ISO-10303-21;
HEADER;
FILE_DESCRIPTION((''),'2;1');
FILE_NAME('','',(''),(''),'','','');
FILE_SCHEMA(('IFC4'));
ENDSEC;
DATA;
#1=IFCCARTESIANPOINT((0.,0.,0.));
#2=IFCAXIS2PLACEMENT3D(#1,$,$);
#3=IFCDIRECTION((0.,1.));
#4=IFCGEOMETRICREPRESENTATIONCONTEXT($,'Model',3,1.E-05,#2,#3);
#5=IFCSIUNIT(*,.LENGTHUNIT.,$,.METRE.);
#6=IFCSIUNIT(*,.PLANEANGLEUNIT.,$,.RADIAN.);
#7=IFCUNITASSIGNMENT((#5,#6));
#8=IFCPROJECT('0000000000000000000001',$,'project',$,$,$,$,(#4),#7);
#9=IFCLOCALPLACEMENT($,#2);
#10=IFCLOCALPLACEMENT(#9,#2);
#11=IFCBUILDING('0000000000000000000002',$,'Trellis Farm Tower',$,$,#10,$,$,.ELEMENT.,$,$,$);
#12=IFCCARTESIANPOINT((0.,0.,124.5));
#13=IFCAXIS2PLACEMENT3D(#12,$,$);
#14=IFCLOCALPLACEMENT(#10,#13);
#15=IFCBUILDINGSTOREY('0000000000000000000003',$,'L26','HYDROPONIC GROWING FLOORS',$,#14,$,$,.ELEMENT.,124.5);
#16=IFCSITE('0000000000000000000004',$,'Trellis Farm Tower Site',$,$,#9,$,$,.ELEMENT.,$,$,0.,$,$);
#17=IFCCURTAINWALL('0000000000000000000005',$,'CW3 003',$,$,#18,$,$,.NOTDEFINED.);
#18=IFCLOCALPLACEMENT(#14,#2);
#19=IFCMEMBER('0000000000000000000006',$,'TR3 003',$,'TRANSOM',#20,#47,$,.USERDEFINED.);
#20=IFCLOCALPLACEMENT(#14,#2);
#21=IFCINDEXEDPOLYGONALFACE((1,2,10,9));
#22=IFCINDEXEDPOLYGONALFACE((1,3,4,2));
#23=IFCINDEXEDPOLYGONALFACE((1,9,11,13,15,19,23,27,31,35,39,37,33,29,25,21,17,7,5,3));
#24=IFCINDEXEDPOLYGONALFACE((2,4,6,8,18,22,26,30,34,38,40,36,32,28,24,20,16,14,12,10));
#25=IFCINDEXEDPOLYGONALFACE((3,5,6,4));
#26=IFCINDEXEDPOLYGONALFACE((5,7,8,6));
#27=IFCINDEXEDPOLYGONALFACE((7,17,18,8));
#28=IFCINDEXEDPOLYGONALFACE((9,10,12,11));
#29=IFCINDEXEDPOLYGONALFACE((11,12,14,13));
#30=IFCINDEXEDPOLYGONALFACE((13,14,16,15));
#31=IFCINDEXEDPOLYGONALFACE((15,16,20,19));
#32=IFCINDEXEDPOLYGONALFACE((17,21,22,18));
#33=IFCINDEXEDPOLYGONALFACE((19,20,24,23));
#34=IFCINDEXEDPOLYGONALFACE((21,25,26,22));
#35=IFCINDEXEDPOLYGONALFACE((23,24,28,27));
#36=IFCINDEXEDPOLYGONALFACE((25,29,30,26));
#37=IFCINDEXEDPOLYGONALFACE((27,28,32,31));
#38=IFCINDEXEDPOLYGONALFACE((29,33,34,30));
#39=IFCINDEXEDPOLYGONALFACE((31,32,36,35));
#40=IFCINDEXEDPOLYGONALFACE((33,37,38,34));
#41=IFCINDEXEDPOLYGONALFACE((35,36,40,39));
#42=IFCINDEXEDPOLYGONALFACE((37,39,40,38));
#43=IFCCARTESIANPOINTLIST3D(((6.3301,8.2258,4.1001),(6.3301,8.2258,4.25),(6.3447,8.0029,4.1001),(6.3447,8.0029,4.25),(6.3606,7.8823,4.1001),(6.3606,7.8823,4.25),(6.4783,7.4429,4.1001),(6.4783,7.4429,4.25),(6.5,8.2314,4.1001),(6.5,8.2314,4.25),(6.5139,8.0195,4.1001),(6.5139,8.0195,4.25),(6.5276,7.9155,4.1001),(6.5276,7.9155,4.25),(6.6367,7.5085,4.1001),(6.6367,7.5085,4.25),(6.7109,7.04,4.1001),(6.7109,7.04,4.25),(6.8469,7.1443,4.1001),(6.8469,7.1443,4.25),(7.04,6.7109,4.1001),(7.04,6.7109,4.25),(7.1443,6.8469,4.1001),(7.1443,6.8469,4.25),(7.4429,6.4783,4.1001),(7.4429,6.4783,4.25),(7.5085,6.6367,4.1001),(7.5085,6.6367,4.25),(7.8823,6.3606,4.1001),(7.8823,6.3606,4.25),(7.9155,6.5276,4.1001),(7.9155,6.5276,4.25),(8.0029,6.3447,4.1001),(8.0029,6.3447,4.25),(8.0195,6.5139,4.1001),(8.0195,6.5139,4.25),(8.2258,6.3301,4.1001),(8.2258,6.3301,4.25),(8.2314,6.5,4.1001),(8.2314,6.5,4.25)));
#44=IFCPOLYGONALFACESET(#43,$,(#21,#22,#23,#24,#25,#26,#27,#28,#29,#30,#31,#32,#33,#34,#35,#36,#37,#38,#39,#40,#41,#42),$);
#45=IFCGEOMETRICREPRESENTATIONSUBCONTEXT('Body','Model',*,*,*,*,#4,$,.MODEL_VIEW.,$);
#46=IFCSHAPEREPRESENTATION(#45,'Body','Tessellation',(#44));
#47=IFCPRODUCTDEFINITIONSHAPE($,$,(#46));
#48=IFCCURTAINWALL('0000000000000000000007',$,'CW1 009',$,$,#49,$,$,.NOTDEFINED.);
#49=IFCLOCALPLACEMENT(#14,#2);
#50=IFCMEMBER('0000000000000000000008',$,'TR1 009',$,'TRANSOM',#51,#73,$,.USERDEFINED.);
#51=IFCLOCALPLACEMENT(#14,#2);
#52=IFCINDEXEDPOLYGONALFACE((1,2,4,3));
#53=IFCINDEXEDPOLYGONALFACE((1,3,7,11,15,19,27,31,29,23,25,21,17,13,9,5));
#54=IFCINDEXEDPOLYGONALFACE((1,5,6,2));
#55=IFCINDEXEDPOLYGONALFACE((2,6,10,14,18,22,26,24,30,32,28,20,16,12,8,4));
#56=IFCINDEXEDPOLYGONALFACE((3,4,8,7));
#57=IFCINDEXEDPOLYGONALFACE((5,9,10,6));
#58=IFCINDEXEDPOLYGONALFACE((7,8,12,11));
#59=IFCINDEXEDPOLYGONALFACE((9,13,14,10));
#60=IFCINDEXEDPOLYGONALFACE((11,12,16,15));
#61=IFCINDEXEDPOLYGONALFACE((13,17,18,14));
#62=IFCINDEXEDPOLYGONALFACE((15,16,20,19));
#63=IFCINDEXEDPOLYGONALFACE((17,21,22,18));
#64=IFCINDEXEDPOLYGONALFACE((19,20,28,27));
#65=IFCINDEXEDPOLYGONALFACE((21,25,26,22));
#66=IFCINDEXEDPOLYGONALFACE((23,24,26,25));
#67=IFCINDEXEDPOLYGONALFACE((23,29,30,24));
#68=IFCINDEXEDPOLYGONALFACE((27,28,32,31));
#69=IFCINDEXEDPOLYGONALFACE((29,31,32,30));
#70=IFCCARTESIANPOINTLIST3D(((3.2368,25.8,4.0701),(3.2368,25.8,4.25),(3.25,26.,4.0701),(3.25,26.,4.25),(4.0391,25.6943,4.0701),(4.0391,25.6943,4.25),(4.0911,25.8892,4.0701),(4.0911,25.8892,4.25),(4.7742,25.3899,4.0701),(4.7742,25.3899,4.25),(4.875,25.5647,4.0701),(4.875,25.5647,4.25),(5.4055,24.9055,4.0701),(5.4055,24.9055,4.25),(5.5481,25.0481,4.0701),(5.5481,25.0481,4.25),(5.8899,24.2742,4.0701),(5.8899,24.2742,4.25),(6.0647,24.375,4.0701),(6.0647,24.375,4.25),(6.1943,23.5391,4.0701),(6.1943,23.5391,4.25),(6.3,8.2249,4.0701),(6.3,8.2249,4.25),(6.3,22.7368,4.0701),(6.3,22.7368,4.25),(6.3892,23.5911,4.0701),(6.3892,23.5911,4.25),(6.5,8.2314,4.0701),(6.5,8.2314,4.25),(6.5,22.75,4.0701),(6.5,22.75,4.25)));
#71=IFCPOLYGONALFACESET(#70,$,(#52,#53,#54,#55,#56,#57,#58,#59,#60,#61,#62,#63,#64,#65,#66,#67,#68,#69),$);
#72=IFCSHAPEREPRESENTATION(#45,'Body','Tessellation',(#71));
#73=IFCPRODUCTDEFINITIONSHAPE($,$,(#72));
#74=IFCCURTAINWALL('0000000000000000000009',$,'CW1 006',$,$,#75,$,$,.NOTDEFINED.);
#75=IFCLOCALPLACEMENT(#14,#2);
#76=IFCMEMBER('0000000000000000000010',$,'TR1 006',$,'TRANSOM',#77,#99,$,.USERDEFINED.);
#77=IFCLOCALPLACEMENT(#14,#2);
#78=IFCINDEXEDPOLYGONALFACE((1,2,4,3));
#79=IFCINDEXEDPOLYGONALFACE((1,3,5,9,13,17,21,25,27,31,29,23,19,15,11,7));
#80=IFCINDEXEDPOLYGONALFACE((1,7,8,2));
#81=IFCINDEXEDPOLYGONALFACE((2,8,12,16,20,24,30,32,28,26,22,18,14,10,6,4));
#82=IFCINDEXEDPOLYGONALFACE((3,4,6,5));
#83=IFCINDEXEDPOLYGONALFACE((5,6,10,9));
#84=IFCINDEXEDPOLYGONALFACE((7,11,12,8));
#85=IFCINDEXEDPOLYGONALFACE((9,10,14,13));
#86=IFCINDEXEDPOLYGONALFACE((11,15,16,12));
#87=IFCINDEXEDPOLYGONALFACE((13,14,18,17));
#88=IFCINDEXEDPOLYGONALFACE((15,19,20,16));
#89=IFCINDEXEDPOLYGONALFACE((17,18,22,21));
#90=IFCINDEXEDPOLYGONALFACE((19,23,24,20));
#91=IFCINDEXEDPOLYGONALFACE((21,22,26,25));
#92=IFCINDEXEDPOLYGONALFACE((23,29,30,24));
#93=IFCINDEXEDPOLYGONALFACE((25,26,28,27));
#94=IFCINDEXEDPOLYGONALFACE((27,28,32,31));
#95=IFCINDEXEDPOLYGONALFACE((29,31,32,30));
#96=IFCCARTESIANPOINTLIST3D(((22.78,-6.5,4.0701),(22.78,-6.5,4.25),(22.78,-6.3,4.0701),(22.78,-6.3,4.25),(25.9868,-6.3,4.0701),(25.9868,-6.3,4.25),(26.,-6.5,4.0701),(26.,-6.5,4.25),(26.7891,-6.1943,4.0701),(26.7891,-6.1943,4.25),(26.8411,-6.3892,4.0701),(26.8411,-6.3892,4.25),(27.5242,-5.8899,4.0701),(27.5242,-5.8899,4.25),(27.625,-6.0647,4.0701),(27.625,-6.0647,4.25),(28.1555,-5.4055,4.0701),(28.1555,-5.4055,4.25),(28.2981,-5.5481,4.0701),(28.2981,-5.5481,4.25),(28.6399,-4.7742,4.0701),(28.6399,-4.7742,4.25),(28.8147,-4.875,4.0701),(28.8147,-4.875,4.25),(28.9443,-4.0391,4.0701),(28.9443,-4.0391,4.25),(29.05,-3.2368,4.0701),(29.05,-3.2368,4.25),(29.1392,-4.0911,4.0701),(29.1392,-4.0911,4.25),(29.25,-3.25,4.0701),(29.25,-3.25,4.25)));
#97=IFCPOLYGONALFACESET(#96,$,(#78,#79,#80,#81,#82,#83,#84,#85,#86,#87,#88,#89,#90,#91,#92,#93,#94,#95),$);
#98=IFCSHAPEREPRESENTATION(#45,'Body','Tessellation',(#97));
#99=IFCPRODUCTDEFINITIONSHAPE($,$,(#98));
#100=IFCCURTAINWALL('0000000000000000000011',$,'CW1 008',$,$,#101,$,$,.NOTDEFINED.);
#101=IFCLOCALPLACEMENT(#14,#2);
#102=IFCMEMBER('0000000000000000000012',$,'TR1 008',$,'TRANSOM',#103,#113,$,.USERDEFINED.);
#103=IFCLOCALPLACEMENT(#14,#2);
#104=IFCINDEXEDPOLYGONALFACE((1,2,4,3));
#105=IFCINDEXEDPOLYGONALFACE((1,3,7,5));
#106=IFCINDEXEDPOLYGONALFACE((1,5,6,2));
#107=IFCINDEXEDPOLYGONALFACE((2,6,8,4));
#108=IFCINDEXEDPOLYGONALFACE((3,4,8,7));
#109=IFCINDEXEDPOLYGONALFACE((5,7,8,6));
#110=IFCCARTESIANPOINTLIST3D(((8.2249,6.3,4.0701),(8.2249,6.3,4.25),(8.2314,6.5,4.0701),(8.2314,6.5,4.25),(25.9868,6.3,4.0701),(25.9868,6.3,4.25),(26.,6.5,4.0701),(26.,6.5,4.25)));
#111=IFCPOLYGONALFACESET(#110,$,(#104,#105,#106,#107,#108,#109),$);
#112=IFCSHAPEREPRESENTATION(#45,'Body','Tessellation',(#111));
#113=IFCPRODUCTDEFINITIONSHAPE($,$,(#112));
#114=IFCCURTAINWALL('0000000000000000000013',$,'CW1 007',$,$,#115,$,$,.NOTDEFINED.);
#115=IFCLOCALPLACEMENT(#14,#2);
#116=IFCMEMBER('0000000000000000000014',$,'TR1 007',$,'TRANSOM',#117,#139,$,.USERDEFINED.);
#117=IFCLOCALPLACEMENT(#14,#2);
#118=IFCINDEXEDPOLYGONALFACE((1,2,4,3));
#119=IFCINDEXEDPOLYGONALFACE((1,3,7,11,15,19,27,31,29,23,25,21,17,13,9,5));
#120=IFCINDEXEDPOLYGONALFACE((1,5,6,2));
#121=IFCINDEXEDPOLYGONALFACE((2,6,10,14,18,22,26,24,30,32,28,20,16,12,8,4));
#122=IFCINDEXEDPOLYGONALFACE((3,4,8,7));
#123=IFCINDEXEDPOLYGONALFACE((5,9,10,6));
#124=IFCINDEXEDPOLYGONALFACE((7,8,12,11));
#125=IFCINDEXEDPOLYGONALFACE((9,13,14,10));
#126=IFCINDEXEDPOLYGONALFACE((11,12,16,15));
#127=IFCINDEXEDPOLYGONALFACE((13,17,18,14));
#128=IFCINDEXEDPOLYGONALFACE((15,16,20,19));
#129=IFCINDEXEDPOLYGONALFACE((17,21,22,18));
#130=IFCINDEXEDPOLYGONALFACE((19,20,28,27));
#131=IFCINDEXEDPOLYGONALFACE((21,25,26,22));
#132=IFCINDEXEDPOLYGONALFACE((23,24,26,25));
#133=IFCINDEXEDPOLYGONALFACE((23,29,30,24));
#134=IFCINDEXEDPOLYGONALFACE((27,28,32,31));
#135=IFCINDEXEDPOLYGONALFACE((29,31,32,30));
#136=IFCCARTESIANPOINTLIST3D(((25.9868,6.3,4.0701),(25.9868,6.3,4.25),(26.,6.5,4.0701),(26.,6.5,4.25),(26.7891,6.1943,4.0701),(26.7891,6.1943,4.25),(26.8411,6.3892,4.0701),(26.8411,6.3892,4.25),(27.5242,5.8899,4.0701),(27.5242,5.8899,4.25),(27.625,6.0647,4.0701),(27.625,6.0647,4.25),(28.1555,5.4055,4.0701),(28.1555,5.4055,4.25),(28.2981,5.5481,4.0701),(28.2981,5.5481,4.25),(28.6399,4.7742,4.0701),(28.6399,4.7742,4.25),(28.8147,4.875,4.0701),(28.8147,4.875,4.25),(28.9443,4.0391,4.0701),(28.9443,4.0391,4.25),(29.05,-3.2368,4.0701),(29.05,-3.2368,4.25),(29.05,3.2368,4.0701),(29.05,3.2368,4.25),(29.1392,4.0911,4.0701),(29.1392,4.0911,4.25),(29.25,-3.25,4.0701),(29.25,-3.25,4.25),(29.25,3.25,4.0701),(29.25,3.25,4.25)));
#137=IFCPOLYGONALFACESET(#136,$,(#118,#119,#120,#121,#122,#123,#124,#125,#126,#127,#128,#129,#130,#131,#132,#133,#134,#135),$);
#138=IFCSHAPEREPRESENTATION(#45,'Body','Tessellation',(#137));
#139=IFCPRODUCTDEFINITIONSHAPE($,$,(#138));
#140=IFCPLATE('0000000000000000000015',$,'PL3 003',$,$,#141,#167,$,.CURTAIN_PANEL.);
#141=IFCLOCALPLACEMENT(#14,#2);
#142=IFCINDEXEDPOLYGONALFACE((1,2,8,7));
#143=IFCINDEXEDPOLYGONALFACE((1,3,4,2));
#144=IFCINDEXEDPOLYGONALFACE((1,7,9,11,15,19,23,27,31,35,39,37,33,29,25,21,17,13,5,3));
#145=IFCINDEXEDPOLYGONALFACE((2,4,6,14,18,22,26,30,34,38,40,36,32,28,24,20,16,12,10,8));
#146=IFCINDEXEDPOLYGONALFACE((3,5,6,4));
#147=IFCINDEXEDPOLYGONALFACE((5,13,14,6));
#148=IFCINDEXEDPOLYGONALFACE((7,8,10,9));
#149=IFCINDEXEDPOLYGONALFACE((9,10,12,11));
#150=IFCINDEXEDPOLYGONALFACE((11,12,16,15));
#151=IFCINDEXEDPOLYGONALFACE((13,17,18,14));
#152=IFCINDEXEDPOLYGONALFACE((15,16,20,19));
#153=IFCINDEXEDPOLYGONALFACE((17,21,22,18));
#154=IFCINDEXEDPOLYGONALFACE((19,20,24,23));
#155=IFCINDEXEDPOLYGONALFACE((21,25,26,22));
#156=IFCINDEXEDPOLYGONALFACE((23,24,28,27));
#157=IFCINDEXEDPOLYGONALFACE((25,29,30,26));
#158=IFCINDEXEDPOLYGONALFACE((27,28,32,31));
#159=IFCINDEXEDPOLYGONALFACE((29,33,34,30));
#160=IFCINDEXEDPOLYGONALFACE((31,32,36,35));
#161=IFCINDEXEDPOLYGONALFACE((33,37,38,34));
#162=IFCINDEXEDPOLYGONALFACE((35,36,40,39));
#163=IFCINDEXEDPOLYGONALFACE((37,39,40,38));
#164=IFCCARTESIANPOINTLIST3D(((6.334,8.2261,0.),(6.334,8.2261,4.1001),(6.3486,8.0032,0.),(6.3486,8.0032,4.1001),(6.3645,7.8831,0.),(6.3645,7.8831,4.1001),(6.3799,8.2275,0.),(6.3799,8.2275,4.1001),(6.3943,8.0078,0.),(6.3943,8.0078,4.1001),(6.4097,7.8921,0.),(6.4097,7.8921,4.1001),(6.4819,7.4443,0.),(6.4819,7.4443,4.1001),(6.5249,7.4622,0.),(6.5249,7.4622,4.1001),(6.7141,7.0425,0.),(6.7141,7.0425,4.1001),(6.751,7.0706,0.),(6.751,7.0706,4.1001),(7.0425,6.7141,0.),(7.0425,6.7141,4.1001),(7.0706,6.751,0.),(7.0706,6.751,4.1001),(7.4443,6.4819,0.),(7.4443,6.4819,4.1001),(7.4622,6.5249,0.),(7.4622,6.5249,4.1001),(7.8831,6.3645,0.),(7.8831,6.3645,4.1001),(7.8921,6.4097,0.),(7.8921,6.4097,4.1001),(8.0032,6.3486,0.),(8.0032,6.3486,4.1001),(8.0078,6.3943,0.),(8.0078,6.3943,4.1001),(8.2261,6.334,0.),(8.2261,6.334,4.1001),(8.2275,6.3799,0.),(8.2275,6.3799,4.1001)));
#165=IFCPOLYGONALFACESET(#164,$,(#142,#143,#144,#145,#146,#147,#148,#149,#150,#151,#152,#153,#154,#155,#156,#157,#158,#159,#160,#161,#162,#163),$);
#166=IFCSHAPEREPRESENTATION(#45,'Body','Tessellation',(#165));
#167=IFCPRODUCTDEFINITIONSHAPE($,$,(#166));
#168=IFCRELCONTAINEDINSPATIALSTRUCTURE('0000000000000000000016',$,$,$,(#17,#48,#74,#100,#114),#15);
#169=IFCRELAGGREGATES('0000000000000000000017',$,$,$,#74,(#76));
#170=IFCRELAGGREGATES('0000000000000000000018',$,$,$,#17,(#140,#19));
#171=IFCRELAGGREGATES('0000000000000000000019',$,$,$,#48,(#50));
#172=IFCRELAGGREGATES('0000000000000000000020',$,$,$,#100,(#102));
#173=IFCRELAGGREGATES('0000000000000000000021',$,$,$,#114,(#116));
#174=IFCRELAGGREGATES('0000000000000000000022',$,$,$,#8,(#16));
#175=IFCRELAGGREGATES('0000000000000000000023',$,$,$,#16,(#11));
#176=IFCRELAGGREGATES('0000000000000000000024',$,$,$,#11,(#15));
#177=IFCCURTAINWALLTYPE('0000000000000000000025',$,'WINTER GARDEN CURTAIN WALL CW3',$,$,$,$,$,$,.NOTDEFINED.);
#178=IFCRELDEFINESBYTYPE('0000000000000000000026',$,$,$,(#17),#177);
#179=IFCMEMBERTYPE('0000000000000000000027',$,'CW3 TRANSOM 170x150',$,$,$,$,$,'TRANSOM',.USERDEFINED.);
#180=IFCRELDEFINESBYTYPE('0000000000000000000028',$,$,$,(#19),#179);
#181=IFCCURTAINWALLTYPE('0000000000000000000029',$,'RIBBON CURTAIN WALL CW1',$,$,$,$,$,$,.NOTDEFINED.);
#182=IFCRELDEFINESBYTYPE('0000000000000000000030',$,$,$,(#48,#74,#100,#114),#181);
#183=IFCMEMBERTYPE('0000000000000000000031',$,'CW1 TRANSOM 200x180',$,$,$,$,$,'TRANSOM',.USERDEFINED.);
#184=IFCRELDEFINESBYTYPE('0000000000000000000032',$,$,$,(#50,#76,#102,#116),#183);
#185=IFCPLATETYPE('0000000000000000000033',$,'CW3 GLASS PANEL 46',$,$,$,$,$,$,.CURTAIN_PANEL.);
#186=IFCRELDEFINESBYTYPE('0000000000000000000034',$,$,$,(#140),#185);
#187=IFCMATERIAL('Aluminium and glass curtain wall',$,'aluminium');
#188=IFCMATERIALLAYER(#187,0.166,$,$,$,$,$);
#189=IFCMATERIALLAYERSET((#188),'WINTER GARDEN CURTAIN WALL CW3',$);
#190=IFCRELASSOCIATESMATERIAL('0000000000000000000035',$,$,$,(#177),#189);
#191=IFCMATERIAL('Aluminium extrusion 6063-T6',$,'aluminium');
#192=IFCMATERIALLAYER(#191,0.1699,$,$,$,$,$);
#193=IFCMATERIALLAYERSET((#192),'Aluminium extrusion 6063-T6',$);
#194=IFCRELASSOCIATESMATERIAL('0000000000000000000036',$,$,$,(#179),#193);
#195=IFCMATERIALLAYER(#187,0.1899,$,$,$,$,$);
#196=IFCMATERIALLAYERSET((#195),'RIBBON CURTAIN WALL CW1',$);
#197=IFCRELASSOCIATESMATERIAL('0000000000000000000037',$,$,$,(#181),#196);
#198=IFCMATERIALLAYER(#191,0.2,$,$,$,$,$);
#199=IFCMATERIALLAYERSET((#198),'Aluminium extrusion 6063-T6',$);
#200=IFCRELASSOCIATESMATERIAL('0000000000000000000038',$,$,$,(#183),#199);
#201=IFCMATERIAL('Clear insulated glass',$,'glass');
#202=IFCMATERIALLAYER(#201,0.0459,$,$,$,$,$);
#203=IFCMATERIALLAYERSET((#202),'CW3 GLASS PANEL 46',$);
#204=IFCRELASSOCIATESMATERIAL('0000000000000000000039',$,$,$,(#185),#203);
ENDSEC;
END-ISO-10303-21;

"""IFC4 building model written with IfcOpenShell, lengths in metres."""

from ifc_helpers import new_model, si_unit, direction, frame, origin, place, context, subcontext, project, spatial, polyline, outline, extrude, source, transform, mapped, material, layer, layer_set, type_object, element, aggregate, save


model = new_model("IFC4")

# Units and contexts
model_context = context("Model", 3, precision=1e-05, world=origin(), true_north=direction((0.0, 1.0)))
body_context = subcontext(model_context, "Body", "Model", "MODEL_VIEW")
ifc_project = project(units=[si_unit("LENGTHUNIT", "METRE"), si_unit("PLANEANGLEUNIT", "RADIAN")], contexts=[model_context])

# Site, building, storey
site_placement = place(None, origin())
site = spatial("IfcSite", under=ifc_project, at=site_placement, Name="Trellis Farm Tower Site", CompositionType="ELEMENT", RefElevation=0.0)
building_placement = place(site_placement, origin())
building = spatial("IfcBuilding", under=site, at=building_placement, Name="Trellis Farm Tower", CompositionType="ELEMENT")
storey_placement = place(building_placement, frame((0.0, 0.0, 124.5)))
storey = spatial("IfcBuildingStorey", under=building, at=storey_placement, Name="L26", Description="HYDROPONIC GROWING FLOORS", CompositionType="ELEMENT", Elevation=124.5)

# Curtain walls, members
ifc_material_1 = material(Name="Aluminium and glass curtain wall", Category="aluminium")
ifc_layer_1 = layer(ifc_material_1, 0.166)
ifc_layer_set_1 = layer_set([ifc_layer_1], Name="WINTER GARDEN CURTAIN WALL CW3")
curtain_wall_type_1 = type_object("IfcCurtainWallType", Name="WINTER GARDEN CURTAIN WALL CW3", PredefinedType="NOTDEFINED", material=ifc_layer_set_1)
placement_1 = place(storey_placement, origin())
curtain_wall_1 = element("IfcCurtainWall", 1, at=placement_1, inside=storey, type_object=curtain_wall_type_1, Name="CW3 003", PredefinedType="NOTDEFINED")
ifc_material_2 = material(Name="Aluminium extrusion 6063-T6", Category="aluminium")
ifc_layer_2 = layer(ifc_material_2, 0.1699)
ifc_layer_set_2 = layer_set([ifc_layer_2], Name="Aluminium extrusion 6063-T6")
member_type_1 = type_object("IfcMemberType", Name="CW3 TRANSOM 170x150", ElementType="TRANSOM", PredefinedType="USERDEFINED", material=ifc_layer_set_2)
shared_shape_1 = source(origin(), body_context, "Body", "SweptSolid", [
    extrude(outline(polyline([(8.2314, 6.5), (8.0195, 6.5139), (7.9155, 6.5276), (7.5085, 6.6367), (7.1443, 6.8469), (6.8469, 7.1443), (6.6367, 7.5085), (6.5276, 7.9155), (6.5139, 8.0195), (6.5, 8.2314), (6.3301, 8.2258), (6.3447, 8.0029), (6.3606, 7.8823), (6.4783, 7.4429), (6.7109, 7.04), (7.04, 6.7109), (7.4429, 6.4783), (7.8823, 6.3606), (8.0029, 6.3447), (8.2258, 6.3301), (8.2314, 6.5)])), origin(), (0.0, 0.0, 1.0), 0.1499),
])
member_1_placement = place(storey_placement, frame((0.0, 0.0, 4.1001)))
member_1 = element("IfcMember", 2, at=member_1_placement, type_object=member_type_1, Name="TR3 003", ObjectType="TRANSOM", PredefinedType="USERDEFINED", context=body_context, shape_type="MappedRepresentation", body=[
    mapped(shared_shape_1, transform((0.0, 0.0, 0.0))),
])
ifc_layer_3 = layer(ifc_material_1, 0.1899)
ifc_layer_set_3 = layer_set([ifc_layer_3], Name="RIBBON CURTAIN WALL CW1")
curtain_wall_type_2 = type_object("IfcCurtainWallType", Name="RIBBON CURTAIN WALL CW1", PredefinedType="NOTDEFINED", material=ifc_layer_set_3)
curtain_wall_2 = element("IfcCurtainWall", 3, at=placement_1, inside=storey, type_object=curtain_wall_type_2, Name="CW1 009", PredefinedType="NOTDEFINED")
ifc_layer_4 = layer(ifc_material_2, 0.2)
ifc_layer_set_4 = layer_set([ifc_layer_4], Name="Aluminium extrusion 6063-T6")
member_type_2 = type_object("IfcMemberType", Name="CW1 TRANSOM 200x180", ElementType="TRANSOM", PredefinedType="USERDEFINED", material=ifc_layer_set_4)
shared_shape_2 = source(origin(), body_context, "Body", "SweptSolid", [
    extrude(outline(polyline([(6.5, 8.2314), (6.5, 22.75), (6.3892, 23.5911), (6.0647, 24.375), (5.5481, 25.0481), (4.875, 25.5647), (4.0911, 25.8892), (3.25, 26.0), (3.2368, 25.8), (4.0391, 25.6943), (4.7742, 25.3899), (5.4055, 24.9055), (5.8899, 24.2742), (6.1943, 23.5391), (6.3, 22.7368), (6.3, 8.2249), (6.5, 8.2314)])), origin(), (0.0, 0.0, 1.0), 0.1799),
])
placement_2 = place(storey_placement, frame((0.0, 0.0, 4.0701)))
member_2 = element("IfcMember", 4, at=placement_2, type_object=member_type_2, Name="TR1 009", ObjectType="TRANSOM", PredefinedType="USERDEFINED", context=body_context, shape_type="MappedRepresentation", body=[
    mapped(shared_shape_2, transform((0.0, 0.0, 0.0))),
])
curtain_wall_3 = element("IfcCurtainWall", 5, at=placement_1, inside=storey, type_object=curtain_wall_type_2, Name="CW1 006", PredefinedType="NOTDEFINED")
shared_shape_3 = source(origin(), body_context, "Body", "SweptSolid", [
    extrude(outline(polyline([(22.78, -6.5), (26.0, -6.5), (26.8411, -6.3892), (27.625, -6.0647), (28.2981, -5.5481), (28.8147, -4.875), (29.1392, -4.0911), (29.25, -3.25), (29.05, -3.2368), (28.9443, -4.0391), (28.6399, -4.7742), (28.1555, -5.4055), (27.5242, -5.8899), (26.7891, -6.1943), (25.9868, -6.3), (22.78, -6.3), (22.78, -6.5)])), origin(), (0.0, 0.0, 1.0), 0.1799),
])
member_3 = element("IfcMember", 6, at=placement_2, type_object=member_type_2, Name="TR1 006", ObjectType="TRANSOM", PredefinedType="USERDEFINED", context=body_context, shape_type="MappedRepresentation", body=[
    mapped(shared_shape_3, transform((0.0, 0.0, 0.0))),
])
aggregate(curtain_wall_3, [member_3])
curtain_wall_4 = element("IfcCurtainWall", 7, at=placement_1, inside=storey, type_object=curtain_wall_type_2, Name="CW1 008", PredefinedType="NOTDEFINED")
shared_shape_4 = source(origin(), body_context, "Body", "SweptSolid", [
    extrude(outline(polyline([(26.0, 6.5), (8.2314, 6.5), (8.2249, 6.3), (25.9868, 6.3), (26.0, 6.5)])), origin(), (0.0, 0.0, 1.0), 0.1799),
])
member_4 = element("IfcMember", 8, at=placement_2, type_object=member_type_2, Name="TR1 008", ObjectType="TRANSOM", PredefinedType="USERDEFINED", context=body_context, shape_type="MappedRepresentation", body=[
    mapped(shared_shape_4, transform((0.0, 0.0, 0.0))),
])
curtain_wall_5 = element("IfcCurtainWall", 9, at=placement_1, inside=storey, type_object=curtain_wall_type_2, Name="CW1 007", PredefinedType="NOTDEFINED")
shared_shape_5 = source(origin(), body_context, "Body", "SweptSolid", [
    extrude(outline(polyline([(29.25, -3.25), (29.25, 3.25), (29.1392, 4.0911), (28.8147, 4.875), (28.2981, 5.5481), (27.625, 6.0647), (26.8411, 6.3892), (26.0, 6.5), (25.9868, 6.3), (26.7891, 6.1943), (27.5242, 5.8899), (28.1555, 5.4055), (28.6399, 4.7742), (28.9443, 4.0391), (29.05, 3.2368), (29.05, -3.2368), (29.25, -3.25)])), origin(), (0.0, 0.0, 1.0), 0.1799),
])
member_5 = element("IfcMember", 10, at=placement_2, type_object=member_type_2, Name="TR1 007", ObjectType="TRANSOM", PredefinedType="USERDEFINED", context=body_context, shape_type="MappedRepresentation", body=[
    mapped(shared_shape_5, transform((0.0, 0.0, 0.0))),
])

# Plate
ifc_material_3 = material(Name="Clear insulated glass", Category="glass")
ifc_layer_5 = layer(ifc_material_3, 0.0459)
ifc_layer_set_5 = layer_set([ifc_layer_5], Name="CW3 GLASS PANEL 46")
plate_type_1 = type_object("IfcPlateType", Name="CW3 GLASS PANEL 46", PredefinedType="CURTAIN_PANEL", material=ifc_layer_set_5)
shared_shape_6 = source(origin(), body_context, "Body", "SweptSolid", [
    extrude(outline(polyline([(8.2275, 6.3799), (8.0078, 6.3943), (7.8921, 6.4097), (7.4622, 6.5249), (7.0706, 6.751), (6.751, 7.0706), (6.5249, 7.4622), (6.4097, 7.8921), (6.3943, 8.0078), (6.3799, 8.2275), (6.334, 8.2261), (6.3486, 8.0032), (6.3645, 7.8831), (6.4819, 7.4443), (6.7141, 7.0425), (7.0425, 6.7141), (7.4443, 6.4819), (7.8831, 6.3645), (8.0032, 6.3486), (8.2261, 6.334), (8.2275, 6.3799)])), origin(), (0.0, 0.0, 1.0), 4.1001),
])
plate_1 = element("IfcPlate", 11, at=placement_1, type_object=plate_type_1, Name="PL3 003", PredefinedType="CURTAIN_PANEL", context=body_context, shape_type="MappedRepresentation", body=[
    mapped(shared_shape_6, transform((0.0, 0.0, 0.0))),
])
aggregate(curtain_wall_1, [plate_1, member_1])
aggregate(curtain_wall_2, [member_2])

aggregate(curtain_wall_4, [member_4])
aggregate(curtain_wall_5, [member_5])

save(model, "model.ifc")
